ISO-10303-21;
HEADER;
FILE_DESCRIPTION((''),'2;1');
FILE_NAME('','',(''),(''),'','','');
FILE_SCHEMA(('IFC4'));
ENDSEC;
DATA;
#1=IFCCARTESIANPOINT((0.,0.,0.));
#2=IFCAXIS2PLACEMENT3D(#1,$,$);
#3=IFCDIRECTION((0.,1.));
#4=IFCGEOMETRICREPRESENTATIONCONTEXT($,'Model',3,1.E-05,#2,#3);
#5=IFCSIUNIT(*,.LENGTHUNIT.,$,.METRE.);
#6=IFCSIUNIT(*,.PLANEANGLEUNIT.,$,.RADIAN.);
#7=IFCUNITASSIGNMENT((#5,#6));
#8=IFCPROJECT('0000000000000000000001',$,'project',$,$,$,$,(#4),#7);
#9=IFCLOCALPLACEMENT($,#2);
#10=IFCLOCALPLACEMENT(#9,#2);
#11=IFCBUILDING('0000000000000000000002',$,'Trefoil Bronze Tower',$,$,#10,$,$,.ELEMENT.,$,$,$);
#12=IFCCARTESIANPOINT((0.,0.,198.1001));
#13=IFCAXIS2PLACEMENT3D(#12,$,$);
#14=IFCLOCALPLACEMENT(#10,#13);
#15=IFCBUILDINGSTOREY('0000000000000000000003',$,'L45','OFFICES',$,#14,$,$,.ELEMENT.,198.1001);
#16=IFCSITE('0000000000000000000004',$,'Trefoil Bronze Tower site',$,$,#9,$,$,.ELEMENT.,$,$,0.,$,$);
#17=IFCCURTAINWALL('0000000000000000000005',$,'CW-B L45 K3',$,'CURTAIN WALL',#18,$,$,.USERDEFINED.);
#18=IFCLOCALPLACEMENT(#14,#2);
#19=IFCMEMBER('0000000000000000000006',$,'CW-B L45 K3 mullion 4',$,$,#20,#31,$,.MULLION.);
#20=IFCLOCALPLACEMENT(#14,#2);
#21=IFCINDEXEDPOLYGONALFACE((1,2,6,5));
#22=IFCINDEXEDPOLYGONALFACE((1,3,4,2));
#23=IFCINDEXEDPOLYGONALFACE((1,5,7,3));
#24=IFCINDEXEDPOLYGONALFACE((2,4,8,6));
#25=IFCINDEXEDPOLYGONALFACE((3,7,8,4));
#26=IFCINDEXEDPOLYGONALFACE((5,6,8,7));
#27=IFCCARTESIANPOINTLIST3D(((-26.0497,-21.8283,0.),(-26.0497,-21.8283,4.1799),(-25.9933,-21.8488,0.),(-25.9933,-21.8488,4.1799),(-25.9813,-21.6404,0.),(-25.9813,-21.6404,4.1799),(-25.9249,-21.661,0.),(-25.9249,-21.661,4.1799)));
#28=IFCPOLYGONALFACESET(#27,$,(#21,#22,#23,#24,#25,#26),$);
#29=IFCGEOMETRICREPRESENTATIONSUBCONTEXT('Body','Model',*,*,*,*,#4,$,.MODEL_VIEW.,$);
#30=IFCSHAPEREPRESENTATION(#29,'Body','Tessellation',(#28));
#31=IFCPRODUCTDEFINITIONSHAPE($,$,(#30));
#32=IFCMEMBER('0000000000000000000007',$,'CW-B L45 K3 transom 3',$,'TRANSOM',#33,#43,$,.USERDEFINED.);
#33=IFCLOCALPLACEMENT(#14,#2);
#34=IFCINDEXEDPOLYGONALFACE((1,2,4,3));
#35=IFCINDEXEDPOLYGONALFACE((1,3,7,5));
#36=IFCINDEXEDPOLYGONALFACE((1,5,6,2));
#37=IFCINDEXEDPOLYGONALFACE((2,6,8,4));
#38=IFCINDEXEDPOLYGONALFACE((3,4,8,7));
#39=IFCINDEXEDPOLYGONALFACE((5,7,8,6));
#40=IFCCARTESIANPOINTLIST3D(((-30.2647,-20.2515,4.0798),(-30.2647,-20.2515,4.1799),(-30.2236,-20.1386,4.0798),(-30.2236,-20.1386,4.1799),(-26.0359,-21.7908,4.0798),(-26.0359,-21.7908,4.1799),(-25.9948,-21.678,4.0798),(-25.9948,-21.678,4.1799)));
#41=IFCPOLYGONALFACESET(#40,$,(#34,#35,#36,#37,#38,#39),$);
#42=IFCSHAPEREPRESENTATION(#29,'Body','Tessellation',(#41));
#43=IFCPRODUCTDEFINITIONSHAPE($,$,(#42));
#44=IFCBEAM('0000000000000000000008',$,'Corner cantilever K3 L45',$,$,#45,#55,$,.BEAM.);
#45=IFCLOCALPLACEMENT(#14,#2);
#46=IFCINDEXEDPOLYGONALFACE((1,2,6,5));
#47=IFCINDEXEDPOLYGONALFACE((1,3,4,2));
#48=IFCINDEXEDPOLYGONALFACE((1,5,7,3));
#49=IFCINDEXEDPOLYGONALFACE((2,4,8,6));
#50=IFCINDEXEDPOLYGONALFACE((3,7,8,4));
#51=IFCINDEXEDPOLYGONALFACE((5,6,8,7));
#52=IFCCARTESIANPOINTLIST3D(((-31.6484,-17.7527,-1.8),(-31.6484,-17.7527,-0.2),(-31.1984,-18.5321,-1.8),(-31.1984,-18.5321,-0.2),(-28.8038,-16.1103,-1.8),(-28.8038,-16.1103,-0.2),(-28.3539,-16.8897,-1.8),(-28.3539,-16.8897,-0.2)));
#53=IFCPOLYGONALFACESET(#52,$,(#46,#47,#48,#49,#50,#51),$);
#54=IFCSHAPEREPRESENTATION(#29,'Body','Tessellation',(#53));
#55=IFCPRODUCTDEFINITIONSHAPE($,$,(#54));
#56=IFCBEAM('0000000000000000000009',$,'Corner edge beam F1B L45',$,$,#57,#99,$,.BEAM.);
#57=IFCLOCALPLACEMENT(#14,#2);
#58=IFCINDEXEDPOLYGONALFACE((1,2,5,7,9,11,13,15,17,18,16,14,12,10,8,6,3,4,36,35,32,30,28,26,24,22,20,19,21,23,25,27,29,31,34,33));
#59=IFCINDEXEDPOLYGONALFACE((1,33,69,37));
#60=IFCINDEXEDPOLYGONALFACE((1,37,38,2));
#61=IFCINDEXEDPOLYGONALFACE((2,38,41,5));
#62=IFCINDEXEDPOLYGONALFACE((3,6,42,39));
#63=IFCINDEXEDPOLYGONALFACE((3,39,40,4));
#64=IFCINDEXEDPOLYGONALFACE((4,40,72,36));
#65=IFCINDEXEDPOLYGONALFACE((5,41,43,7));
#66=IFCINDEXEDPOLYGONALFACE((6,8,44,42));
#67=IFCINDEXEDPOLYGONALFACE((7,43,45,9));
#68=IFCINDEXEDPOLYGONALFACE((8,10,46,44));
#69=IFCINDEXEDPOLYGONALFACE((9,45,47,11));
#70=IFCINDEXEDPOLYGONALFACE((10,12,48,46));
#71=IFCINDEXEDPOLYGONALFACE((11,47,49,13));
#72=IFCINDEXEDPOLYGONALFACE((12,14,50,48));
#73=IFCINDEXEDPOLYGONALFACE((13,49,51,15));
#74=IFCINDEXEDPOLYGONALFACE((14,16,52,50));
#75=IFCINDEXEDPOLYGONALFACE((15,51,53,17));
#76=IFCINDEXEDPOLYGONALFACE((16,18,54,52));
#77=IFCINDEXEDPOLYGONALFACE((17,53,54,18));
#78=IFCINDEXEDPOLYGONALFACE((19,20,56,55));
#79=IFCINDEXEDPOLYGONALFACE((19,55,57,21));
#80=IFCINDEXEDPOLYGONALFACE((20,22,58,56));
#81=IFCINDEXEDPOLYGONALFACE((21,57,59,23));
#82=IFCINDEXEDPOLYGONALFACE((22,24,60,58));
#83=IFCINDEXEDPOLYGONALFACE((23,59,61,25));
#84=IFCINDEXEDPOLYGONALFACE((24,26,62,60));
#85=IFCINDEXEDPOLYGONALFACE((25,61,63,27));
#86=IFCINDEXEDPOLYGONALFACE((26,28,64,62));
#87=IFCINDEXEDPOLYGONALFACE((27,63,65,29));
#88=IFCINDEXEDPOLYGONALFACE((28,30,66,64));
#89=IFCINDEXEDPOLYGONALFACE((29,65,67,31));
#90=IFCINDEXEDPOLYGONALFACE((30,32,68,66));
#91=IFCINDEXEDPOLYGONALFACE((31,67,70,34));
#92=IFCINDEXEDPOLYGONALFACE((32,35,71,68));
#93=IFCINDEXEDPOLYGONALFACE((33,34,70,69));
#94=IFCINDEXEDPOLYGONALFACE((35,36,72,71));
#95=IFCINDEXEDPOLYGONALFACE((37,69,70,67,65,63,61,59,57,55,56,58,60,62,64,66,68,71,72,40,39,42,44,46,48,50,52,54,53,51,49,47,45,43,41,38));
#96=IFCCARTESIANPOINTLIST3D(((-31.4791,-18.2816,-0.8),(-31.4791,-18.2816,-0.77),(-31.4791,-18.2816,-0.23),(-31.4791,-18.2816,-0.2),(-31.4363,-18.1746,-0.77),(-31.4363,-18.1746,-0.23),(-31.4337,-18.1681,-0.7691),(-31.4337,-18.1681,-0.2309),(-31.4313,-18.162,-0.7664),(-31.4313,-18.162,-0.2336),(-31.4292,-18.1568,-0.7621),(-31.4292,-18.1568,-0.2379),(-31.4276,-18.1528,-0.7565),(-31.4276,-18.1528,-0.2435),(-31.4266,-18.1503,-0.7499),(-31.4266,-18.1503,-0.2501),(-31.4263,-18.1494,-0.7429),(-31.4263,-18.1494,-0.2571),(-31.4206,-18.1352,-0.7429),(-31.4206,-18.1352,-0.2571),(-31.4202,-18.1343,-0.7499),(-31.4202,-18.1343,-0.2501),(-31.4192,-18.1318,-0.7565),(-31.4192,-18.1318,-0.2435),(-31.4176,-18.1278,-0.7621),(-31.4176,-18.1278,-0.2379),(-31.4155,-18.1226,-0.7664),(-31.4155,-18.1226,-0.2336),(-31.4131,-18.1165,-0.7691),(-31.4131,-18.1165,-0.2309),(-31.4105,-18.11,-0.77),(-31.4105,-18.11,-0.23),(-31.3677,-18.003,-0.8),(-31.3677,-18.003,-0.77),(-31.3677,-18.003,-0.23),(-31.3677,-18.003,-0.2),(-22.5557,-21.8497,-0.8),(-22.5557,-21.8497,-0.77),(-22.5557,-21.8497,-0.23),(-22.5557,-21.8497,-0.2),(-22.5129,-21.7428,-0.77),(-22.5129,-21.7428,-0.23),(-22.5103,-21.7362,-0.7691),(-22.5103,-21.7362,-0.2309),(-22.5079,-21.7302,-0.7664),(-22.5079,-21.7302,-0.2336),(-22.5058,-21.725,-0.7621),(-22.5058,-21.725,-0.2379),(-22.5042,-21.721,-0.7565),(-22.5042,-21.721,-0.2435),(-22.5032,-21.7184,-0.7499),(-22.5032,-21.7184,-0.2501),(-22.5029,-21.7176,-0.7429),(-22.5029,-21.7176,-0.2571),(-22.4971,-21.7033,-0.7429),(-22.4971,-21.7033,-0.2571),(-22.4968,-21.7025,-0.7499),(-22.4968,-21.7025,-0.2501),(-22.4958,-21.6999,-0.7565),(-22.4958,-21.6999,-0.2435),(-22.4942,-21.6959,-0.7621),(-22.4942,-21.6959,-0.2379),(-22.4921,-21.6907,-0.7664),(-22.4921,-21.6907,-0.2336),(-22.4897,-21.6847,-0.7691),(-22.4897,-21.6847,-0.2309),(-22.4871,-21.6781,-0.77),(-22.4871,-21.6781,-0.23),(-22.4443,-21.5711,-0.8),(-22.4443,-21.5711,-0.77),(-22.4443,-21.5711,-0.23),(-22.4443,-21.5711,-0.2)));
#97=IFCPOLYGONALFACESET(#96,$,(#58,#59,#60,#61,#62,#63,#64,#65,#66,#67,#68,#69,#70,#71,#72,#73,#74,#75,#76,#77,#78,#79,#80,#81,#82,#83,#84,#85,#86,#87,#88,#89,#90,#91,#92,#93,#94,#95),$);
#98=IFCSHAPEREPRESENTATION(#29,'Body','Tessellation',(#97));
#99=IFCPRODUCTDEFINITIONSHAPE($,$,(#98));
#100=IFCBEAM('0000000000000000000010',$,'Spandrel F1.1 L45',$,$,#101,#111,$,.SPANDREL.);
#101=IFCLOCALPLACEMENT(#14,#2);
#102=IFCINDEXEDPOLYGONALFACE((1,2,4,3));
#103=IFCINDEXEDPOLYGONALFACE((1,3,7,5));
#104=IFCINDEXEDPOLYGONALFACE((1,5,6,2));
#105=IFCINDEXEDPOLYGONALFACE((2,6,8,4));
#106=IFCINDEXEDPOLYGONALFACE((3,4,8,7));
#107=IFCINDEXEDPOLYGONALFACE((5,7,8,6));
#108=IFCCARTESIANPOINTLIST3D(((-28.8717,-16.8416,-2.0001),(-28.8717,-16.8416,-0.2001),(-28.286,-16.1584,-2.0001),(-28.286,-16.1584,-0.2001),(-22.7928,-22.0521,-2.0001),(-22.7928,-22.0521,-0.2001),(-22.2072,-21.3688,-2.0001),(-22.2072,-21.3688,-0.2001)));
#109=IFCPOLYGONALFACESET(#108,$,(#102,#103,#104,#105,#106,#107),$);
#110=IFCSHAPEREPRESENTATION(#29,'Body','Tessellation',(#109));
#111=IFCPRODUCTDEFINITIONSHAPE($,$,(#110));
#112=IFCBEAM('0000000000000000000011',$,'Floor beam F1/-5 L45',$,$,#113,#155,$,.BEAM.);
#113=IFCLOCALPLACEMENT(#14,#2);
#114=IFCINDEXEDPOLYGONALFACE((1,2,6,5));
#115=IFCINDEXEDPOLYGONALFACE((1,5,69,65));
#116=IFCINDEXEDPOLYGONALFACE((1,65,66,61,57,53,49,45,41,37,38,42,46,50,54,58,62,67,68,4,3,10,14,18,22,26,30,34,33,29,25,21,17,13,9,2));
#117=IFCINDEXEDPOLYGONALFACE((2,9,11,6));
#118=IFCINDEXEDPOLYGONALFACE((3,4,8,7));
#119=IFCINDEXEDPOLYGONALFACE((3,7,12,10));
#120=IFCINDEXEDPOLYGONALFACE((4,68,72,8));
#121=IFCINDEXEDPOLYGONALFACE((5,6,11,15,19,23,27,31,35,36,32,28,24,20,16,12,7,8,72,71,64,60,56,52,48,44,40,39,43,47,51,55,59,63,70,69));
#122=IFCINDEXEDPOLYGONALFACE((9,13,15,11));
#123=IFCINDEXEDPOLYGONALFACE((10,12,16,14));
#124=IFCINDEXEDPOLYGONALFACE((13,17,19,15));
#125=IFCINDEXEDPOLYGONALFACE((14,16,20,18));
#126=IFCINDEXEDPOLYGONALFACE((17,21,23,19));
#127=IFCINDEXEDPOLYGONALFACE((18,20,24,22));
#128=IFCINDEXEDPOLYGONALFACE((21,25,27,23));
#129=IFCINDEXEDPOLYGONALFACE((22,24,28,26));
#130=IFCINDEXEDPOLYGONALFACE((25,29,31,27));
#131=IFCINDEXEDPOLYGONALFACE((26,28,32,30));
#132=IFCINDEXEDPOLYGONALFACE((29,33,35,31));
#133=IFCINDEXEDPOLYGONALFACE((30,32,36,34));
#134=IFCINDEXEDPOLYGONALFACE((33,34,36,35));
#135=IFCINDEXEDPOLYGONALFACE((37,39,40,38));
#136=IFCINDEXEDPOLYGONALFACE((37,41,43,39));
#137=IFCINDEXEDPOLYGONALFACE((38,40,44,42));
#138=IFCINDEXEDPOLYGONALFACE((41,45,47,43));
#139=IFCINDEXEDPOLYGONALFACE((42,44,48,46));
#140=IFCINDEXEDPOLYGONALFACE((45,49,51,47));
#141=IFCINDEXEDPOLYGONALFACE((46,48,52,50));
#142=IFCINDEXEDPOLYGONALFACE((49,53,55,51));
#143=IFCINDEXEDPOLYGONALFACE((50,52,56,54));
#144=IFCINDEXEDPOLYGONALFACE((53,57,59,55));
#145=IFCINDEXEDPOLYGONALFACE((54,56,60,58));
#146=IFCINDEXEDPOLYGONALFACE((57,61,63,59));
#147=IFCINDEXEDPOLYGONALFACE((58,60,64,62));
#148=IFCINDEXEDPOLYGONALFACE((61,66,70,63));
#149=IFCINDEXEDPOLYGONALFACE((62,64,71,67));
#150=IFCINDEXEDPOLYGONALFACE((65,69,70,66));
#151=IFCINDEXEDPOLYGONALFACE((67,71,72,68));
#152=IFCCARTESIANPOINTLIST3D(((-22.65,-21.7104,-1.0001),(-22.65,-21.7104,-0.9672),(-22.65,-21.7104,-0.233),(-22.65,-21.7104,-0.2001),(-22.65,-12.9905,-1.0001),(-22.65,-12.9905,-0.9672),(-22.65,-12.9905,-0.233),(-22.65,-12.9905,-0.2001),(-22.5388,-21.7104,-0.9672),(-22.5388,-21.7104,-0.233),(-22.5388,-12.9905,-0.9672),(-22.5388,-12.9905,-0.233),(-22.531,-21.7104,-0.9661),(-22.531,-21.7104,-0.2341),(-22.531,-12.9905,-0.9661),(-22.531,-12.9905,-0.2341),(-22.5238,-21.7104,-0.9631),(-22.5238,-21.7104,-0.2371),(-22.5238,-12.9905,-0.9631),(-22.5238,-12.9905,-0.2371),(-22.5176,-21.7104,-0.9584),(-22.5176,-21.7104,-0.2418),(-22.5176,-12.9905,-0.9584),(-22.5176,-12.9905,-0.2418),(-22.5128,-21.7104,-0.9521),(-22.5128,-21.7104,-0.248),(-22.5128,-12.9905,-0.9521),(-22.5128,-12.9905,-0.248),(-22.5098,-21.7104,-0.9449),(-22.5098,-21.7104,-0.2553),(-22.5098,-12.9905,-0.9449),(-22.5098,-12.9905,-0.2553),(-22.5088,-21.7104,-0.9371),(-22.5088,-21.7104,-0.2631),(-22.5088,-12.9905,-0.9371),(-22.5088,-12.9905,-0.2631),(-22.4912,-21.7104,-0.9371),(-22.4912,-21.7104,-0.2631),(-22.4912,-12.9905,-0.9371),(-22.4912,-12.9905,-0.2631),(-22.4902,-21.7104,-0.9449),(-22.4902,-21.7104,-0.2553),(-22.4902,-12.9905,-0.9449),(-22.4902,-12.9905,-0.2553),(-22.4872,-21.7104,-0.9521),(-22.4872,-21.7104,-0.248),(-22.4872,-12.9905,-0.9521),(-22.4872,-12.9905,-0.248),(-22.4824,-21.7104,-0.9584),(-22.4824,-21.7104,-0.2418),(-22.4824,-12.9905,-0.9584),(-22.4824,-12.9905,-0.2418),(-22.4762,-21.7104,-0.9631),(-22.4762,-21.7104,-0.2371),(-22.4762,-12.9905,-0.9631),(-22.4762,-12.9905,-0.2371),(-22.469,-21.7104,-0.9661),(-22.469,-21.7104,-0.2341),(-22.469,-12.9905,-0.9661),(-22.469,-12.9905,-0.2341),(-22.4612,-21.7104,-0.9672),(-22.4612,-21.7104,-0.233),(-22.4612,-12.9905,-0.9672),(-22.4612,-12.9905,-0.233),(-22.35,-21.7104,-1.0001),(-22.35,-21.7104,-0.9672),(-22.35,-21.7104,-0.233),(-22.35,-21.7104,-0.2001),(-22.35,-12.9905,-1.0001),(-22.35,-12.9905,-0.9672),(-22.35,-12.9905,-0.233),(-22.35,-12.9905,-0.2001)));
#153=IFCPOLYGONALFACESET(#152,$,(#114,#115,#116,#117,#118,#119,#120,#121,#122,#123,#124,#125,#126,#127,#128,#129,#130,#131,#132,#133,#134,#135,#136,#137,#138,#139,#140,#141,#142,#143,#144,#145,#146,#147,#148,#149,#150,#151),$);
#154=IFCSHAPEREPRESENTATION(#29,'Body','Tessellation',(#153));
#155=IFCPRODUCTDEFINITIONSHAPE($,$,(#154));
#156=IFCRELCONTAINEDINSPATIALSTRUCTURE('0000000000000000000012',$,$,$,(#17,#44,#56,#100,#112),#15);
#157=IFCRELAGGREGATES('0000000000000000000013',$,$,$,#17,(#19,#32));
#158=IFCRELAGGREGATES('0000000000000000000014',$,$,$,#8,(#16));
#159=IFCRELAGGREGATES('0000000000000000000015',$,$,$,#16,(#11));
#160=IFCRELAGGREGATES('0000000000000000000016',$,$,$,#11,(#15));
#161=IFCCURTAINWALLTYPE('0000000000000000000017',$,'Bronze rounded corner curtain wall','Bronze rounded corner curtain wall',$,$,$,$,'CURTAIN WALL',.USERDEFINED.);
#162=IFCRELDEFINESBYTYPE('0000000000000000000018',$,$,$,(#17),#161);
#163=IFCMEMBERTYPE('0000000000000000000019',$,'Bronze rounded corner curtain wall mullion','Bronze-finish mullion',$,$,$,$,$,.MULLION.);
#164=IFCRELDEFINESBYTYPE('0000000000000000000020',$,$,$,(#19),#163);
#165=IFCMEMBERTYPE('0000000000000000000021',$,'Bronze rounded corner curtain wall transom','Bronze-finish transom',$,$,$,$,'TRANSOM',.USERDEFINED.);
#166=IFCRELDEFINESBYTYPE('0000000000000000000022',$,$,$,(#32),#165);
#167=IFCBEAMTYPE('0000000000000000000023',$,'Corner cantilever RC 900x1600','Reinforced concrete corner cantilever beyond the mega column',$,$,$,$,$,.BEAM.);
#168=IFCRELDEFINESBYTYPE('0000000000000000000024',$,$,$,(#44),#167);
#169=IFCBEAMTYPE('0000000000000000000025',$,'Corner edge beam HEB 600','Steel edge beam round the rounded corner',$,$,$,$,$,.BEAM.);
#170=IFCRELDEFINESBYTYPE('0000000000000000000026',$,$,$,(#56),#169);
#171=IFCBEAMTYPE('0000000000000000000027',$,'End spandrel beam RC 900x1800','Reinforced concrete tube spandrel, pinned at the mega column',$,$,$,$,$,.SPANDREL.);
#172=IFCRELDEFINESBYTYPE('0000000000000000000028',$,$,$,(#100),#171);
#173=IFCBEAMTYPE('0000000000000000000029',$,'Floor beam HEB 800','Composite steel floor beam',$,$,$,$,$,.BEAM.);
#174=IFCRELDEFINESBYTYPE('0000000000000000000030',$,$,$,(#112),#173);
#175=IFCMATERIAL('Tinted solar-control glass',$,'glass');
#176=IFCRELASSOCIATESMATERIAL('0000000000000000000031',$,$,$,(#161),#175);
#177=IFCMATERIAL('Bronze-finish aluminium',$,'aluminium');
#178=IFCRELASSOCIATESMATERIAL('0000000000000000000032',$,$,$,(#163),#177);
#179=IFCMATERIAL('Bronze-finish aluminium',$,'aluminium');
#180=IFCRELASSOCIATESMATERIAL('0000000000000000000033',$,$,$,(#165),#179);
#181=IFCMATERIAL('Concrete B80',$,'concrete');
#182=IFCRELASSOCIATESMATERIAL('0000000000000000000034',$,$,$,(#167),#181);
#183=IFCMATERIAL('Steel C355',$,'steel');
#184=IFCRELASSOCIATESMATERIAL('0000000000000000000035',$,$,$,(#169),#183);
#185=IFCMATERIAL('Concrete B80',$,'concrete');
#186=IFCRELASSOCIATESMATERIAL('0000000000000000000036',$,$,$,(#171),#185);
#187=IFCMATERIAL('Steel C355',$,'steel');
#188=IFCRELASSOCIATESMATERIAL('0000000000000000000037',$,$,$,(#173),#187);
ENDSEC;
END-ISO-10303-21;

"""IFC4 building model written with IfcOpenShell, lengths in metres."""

from ifc_helpers import new_model, si_unit, direction, frame, origin, origin_2d, place, context, subcontext, project, spatial, rectangle, i_section, extrude, material, material_profile, profile_set, type_object, element, aggregate, save


model = new_model("IFC4")

# Units and contexts
model_context = context("Model", 3, precision=1e-05, world=origin(), true_north=direction((0.0, 1.0)))
body_context = subcontext(model_context, "Body", "Model", "MODEL_VIEW")
ifc_project = project(units=[si_unit("LENGTHUNIT", "METRE"), si_unit("PLANEANGLEUNIT", "RADIAN")], contexts=[model_context])

# Site, building, storey
site_placement = place(None, origin())
site = spatial("IfcSite", under=ifc_project, at=site_placement, Name="Trefoil Bronze Tower site", CompositionType="ELEMENT", RefElevation=0.0)
building_placement = place(site_placement, origin())
building = spatial("IfcBuilding", under=site, at=building_placement, Name="Trefoil Bronze Tower", CompositionType="ELEMENT")
storey_placement = place(building_placement, frame((0.0, 0.0, 198.1001)))
storey = spatial("IfcBuildingStorey", under=building, at=storey_placement, Name="L45", Description="OFFICES", CompositionType="ELEMENT", Elevation=198.1001)

# Curtain wall, members
ifc_material_1 = material(Name="Tinted solar-control glass", Category="glass")
curtain_wall_type_1 = type_object("IfcCurtainWallType", Name="Bronze rounded corner curtain wall", Description="Bronze rounded corner curtain wall", ElementType="CURTAIN WALL", PredefinedType="USERDEFINED", material=ifc_material_1)
curtain_wall_1_placement = place(storey_placement, origin())
curtain_wall_1 = element("IfcCurtainWall", 1, at=curtain_wall_1_placement, inside=storey, type_object=curtain_wall_type_1, Name="CW-B L45 K3", ObjectType="CURTAIN WALL", PredefinedType="USERDEFINED")
ifc_material_2 = material(Name="Bronze-finish aluminium", Category="aluminium")
ifc_material_profile_1 = material_profile(ifc_material_2, rectangle(XDim=0.2, YDim=0.0601, at=origin_2d()), Name="CW-B mullion")
ifc_profile_set_1 = profile_set([ifc_material_profile_1], Name="Bronze-finish aluminium")
member_type_1 = type_object("IfcMemberType", Name="Bronze rounded corner curtain wall mullion", Description="Bronze-finish mullion", PredefinedType="MULLION", material=ifc_profile_set_1)
member_1_placement = place(storey_placement, frame((-25.9873, -21.7446, 0.0), z_axis=(0.0, 0.0, 1.0), x_axis=(0.34202, 0.939693, 0.0)))
member_1 = element("IfcMember", 2, at=member_1_placement, type_object=member_type_1, Name="CW-B L45 K3 mullion 4", PredefinedType="MULLION", context=body_context, shape_type="SweptSolid", body=[
    extrude(rectangle(XDim=0.2, YDim=0.0601, at=origin_2d()), origin(), (0.0, 0.0, 1.0), 4.1799),
])
ifc_material_3 = material(Name="Bronze-finish aluminium", Category="aluminium")
ifc_material_profile_2 = material_profile(ifc_material_3, rectangle(XDim=0.1201, YDim=0.1001, at=origin_2d()), Name="CW-B transom")
ifc_profile_set_2 = profile_set([ifc_material_profile_2], Name="Bronze-finish aluminium")
member_type_2 = type_object("IfcMemberType", Name="Bronze rounded corner curtain wall transom", Description="Bronze-finish transom", ElementType="TRANSOM", PredefinedType="USERDEFINED", material=ifc_profile_set_2)
member_2_placement = place(storey_placement, frame((-30.2441, -20.1951, 4.1299), z_axis=(0.939681, -0.342052, 0.0), x_axis=(0.342052, 0.939681, 0.0)))
member_2 = element("IfcMember", 3, at=member_2_placement, type_object=member_type_2, Name="CW-B L45 K3 transom 3", ObjectType="TRANSOM", PredefinedType="USERDEFINED", context=body_context, shape_type="SweptSolid", body=[
    extrude(rectangle(XDim=0.1201, YDim=0.1001, at=origin_2d()), origin(), (0.0, 0.0, 1.0), 4.5002),
])

# Beams
ifc_material_4 = material(Name="Concrete B80", Category="concrete")
ifc_material_profile_3 = material_profile(ifc_material_4, rectangle(XDim=0.8999, YDim=1.6001, at=origin_2d()), Name="RC 900x1600")
ifc_profile_set_3 = profile_set([ifc_material_profile_3], Name="Concrete B80")
beam_type_1 = type_object("IfcBeamType", Name="Corner cantilever RC 900x1600", Description="Reinforced concrete corner cantilever beyond the mega column", PredefinedType="BEAM", material=ifc_profile_set_3)
beam_1_placement = place(storey_placement, frame((-28.5789, -16.5, -1.0), z_axis=(-0.866016, -0.500016, 0.0), x_axis=(0.500016, -0.866016, 0.0)))
element("IfcBeam", 4, at=beam_1_placement, inside=storey, type_object=beam_type_1, Name="Corner cantilever K3 L45", PredefinedType="BEAM", context=body_context, shape_type="SweptSolid", body=[
    extrude(rectangle(XDim=0.8999, YDim=1.6001, at=origin_2d()), origin(), (0.0, 0.0, 1.0), 3.2847),
])
ifc_material_5 = material(Name="Steel C355", Category="steel")
ifc_material_profile_4 = material_profile(ifc_material_5, i_section(OverallWidth=0.3, OverallDepth=0.6001, WebThickness=0.0154, FlangeThickness=0.03, FilletRadius=0.0271, at=origin_2d()), Name="HEB 600")
ifc_profile_set_4 = profile_set([ifc_material_profile_4], Name="Steel C355")
beam_type_2 = type_object("IfcBeamType", Name="Corner edge beam HEB 600", Description="Steel edge beam round the rounded corner", PredefinedType="BEAM", material=ifc_profile_set_4)
beam_2_placement = place(storey_placement, frame((-22.5, -21.7104, -0.5), z_axis=(-0.92852, 0.371281, 0.0), x_axis=(-0.371281, -0.92852, 0.0)))
element("IfcBeam", 5, at=beam_2_placement, inside=storey, type_object=beam_type_2, Name="Corner edge beam F1B L45", PredefinedType="BEAM", context=body_context, shape_type="SweptSolid", body=[
    extrude(i_section(OverallWidth=0.3, OverallDepth=0.6001, WebThickness=0.0154, FlangeThickness=0.03, FilletRadius=0.0271, at=origin_2d()), origin(), (0.0, 0.0, 1.0), 9.6104),
])
ifc_material_6 = material(Name="Concrete B80", Category="concrete")
ifc_material_profile_5 = material_profile(ifc_material_6, rectangle(XDim=0.8999, YDim=1.8, at=origin_2d()), Name="RC 900x1800")
ifc_profile_set_5 = profile_set([ifc_material_profile_5], Name="Concrete B80")
beam_type_3 = type_object("IfcBeamType", Name="End spandrel beam RC 900x1800", Description="Reinforced concrete tube spandrel, pinned at the mega column", PredefinedType="SPANDREL", material=ifc_profile_set_5)
beam_3_placement = place(storey_placement, frame((-28.5789, -16.5, -1.1001), z_axis=(0.759257, -0.650791, 0.0), x_axis=(0.650791, 0.759257, 0.0)))
element("IfcBeam", 6, at=beam_3_placement, inside=storey, type_object=beam_type_3, Name="Spandrel F1.1 L45", PredefinedType="SPANDREL", context=body_context, shape_type="SweptSolid", body=[
    extrude(rectangle(XDim=0.8999, YDim=1.8, at=origin_2d()), origin(), (0.0, 0.0, 1.0), 8.0063),
])
ifc_material_7 = material(Name="Steel C355", Category="steel")
ifc_material_profile_6 = material_profile(ifc_material_7, i_section(OverallWidth=0.3, OverallDepth=0.8, WebThickness=0.0176, FlangeThickness=0.033, FilletRadius=0.03, at=origin_2d()), Name="HEB 800")
ifc_profile_set_6 = profile_set([ifc_material_profile_6], Name="Steel C355")
beam_type_4 = type_object("IfcBeamType", Name="Floor beam HEB 800", Description="Composite steel floor beam", PredefinedType="BEAM", material=ifc_profile_set_6)
beam_4_placement = place(storey_placement, frame((-22.5, -21.7104, -0.6001), z_axis=(0.0, 1.0, 0.0), x_axis=(-1.0, 0.0, 0.0)))
element("IfcBeam", 7, at=beam_4_placement, inside=storey, type_object=beam_type_4, Name="Floor beam F1/-5 L45", PredefinedType="BEAM", context=body_context, shape_type="SweptSolid", body=[
    extrude(i_section(OverallWidth=0.3, OverallDepth=0.8, WebThickness=0.0176, FlangeThickness=0.033, FilletRadius=0.03, at=origin_2d()), origin(), (0.0, 0.0, 1.0), 8.72),
])

aggregate(curtain_wall_1, [member_1, member_2])

save(model, "model.ifc")
